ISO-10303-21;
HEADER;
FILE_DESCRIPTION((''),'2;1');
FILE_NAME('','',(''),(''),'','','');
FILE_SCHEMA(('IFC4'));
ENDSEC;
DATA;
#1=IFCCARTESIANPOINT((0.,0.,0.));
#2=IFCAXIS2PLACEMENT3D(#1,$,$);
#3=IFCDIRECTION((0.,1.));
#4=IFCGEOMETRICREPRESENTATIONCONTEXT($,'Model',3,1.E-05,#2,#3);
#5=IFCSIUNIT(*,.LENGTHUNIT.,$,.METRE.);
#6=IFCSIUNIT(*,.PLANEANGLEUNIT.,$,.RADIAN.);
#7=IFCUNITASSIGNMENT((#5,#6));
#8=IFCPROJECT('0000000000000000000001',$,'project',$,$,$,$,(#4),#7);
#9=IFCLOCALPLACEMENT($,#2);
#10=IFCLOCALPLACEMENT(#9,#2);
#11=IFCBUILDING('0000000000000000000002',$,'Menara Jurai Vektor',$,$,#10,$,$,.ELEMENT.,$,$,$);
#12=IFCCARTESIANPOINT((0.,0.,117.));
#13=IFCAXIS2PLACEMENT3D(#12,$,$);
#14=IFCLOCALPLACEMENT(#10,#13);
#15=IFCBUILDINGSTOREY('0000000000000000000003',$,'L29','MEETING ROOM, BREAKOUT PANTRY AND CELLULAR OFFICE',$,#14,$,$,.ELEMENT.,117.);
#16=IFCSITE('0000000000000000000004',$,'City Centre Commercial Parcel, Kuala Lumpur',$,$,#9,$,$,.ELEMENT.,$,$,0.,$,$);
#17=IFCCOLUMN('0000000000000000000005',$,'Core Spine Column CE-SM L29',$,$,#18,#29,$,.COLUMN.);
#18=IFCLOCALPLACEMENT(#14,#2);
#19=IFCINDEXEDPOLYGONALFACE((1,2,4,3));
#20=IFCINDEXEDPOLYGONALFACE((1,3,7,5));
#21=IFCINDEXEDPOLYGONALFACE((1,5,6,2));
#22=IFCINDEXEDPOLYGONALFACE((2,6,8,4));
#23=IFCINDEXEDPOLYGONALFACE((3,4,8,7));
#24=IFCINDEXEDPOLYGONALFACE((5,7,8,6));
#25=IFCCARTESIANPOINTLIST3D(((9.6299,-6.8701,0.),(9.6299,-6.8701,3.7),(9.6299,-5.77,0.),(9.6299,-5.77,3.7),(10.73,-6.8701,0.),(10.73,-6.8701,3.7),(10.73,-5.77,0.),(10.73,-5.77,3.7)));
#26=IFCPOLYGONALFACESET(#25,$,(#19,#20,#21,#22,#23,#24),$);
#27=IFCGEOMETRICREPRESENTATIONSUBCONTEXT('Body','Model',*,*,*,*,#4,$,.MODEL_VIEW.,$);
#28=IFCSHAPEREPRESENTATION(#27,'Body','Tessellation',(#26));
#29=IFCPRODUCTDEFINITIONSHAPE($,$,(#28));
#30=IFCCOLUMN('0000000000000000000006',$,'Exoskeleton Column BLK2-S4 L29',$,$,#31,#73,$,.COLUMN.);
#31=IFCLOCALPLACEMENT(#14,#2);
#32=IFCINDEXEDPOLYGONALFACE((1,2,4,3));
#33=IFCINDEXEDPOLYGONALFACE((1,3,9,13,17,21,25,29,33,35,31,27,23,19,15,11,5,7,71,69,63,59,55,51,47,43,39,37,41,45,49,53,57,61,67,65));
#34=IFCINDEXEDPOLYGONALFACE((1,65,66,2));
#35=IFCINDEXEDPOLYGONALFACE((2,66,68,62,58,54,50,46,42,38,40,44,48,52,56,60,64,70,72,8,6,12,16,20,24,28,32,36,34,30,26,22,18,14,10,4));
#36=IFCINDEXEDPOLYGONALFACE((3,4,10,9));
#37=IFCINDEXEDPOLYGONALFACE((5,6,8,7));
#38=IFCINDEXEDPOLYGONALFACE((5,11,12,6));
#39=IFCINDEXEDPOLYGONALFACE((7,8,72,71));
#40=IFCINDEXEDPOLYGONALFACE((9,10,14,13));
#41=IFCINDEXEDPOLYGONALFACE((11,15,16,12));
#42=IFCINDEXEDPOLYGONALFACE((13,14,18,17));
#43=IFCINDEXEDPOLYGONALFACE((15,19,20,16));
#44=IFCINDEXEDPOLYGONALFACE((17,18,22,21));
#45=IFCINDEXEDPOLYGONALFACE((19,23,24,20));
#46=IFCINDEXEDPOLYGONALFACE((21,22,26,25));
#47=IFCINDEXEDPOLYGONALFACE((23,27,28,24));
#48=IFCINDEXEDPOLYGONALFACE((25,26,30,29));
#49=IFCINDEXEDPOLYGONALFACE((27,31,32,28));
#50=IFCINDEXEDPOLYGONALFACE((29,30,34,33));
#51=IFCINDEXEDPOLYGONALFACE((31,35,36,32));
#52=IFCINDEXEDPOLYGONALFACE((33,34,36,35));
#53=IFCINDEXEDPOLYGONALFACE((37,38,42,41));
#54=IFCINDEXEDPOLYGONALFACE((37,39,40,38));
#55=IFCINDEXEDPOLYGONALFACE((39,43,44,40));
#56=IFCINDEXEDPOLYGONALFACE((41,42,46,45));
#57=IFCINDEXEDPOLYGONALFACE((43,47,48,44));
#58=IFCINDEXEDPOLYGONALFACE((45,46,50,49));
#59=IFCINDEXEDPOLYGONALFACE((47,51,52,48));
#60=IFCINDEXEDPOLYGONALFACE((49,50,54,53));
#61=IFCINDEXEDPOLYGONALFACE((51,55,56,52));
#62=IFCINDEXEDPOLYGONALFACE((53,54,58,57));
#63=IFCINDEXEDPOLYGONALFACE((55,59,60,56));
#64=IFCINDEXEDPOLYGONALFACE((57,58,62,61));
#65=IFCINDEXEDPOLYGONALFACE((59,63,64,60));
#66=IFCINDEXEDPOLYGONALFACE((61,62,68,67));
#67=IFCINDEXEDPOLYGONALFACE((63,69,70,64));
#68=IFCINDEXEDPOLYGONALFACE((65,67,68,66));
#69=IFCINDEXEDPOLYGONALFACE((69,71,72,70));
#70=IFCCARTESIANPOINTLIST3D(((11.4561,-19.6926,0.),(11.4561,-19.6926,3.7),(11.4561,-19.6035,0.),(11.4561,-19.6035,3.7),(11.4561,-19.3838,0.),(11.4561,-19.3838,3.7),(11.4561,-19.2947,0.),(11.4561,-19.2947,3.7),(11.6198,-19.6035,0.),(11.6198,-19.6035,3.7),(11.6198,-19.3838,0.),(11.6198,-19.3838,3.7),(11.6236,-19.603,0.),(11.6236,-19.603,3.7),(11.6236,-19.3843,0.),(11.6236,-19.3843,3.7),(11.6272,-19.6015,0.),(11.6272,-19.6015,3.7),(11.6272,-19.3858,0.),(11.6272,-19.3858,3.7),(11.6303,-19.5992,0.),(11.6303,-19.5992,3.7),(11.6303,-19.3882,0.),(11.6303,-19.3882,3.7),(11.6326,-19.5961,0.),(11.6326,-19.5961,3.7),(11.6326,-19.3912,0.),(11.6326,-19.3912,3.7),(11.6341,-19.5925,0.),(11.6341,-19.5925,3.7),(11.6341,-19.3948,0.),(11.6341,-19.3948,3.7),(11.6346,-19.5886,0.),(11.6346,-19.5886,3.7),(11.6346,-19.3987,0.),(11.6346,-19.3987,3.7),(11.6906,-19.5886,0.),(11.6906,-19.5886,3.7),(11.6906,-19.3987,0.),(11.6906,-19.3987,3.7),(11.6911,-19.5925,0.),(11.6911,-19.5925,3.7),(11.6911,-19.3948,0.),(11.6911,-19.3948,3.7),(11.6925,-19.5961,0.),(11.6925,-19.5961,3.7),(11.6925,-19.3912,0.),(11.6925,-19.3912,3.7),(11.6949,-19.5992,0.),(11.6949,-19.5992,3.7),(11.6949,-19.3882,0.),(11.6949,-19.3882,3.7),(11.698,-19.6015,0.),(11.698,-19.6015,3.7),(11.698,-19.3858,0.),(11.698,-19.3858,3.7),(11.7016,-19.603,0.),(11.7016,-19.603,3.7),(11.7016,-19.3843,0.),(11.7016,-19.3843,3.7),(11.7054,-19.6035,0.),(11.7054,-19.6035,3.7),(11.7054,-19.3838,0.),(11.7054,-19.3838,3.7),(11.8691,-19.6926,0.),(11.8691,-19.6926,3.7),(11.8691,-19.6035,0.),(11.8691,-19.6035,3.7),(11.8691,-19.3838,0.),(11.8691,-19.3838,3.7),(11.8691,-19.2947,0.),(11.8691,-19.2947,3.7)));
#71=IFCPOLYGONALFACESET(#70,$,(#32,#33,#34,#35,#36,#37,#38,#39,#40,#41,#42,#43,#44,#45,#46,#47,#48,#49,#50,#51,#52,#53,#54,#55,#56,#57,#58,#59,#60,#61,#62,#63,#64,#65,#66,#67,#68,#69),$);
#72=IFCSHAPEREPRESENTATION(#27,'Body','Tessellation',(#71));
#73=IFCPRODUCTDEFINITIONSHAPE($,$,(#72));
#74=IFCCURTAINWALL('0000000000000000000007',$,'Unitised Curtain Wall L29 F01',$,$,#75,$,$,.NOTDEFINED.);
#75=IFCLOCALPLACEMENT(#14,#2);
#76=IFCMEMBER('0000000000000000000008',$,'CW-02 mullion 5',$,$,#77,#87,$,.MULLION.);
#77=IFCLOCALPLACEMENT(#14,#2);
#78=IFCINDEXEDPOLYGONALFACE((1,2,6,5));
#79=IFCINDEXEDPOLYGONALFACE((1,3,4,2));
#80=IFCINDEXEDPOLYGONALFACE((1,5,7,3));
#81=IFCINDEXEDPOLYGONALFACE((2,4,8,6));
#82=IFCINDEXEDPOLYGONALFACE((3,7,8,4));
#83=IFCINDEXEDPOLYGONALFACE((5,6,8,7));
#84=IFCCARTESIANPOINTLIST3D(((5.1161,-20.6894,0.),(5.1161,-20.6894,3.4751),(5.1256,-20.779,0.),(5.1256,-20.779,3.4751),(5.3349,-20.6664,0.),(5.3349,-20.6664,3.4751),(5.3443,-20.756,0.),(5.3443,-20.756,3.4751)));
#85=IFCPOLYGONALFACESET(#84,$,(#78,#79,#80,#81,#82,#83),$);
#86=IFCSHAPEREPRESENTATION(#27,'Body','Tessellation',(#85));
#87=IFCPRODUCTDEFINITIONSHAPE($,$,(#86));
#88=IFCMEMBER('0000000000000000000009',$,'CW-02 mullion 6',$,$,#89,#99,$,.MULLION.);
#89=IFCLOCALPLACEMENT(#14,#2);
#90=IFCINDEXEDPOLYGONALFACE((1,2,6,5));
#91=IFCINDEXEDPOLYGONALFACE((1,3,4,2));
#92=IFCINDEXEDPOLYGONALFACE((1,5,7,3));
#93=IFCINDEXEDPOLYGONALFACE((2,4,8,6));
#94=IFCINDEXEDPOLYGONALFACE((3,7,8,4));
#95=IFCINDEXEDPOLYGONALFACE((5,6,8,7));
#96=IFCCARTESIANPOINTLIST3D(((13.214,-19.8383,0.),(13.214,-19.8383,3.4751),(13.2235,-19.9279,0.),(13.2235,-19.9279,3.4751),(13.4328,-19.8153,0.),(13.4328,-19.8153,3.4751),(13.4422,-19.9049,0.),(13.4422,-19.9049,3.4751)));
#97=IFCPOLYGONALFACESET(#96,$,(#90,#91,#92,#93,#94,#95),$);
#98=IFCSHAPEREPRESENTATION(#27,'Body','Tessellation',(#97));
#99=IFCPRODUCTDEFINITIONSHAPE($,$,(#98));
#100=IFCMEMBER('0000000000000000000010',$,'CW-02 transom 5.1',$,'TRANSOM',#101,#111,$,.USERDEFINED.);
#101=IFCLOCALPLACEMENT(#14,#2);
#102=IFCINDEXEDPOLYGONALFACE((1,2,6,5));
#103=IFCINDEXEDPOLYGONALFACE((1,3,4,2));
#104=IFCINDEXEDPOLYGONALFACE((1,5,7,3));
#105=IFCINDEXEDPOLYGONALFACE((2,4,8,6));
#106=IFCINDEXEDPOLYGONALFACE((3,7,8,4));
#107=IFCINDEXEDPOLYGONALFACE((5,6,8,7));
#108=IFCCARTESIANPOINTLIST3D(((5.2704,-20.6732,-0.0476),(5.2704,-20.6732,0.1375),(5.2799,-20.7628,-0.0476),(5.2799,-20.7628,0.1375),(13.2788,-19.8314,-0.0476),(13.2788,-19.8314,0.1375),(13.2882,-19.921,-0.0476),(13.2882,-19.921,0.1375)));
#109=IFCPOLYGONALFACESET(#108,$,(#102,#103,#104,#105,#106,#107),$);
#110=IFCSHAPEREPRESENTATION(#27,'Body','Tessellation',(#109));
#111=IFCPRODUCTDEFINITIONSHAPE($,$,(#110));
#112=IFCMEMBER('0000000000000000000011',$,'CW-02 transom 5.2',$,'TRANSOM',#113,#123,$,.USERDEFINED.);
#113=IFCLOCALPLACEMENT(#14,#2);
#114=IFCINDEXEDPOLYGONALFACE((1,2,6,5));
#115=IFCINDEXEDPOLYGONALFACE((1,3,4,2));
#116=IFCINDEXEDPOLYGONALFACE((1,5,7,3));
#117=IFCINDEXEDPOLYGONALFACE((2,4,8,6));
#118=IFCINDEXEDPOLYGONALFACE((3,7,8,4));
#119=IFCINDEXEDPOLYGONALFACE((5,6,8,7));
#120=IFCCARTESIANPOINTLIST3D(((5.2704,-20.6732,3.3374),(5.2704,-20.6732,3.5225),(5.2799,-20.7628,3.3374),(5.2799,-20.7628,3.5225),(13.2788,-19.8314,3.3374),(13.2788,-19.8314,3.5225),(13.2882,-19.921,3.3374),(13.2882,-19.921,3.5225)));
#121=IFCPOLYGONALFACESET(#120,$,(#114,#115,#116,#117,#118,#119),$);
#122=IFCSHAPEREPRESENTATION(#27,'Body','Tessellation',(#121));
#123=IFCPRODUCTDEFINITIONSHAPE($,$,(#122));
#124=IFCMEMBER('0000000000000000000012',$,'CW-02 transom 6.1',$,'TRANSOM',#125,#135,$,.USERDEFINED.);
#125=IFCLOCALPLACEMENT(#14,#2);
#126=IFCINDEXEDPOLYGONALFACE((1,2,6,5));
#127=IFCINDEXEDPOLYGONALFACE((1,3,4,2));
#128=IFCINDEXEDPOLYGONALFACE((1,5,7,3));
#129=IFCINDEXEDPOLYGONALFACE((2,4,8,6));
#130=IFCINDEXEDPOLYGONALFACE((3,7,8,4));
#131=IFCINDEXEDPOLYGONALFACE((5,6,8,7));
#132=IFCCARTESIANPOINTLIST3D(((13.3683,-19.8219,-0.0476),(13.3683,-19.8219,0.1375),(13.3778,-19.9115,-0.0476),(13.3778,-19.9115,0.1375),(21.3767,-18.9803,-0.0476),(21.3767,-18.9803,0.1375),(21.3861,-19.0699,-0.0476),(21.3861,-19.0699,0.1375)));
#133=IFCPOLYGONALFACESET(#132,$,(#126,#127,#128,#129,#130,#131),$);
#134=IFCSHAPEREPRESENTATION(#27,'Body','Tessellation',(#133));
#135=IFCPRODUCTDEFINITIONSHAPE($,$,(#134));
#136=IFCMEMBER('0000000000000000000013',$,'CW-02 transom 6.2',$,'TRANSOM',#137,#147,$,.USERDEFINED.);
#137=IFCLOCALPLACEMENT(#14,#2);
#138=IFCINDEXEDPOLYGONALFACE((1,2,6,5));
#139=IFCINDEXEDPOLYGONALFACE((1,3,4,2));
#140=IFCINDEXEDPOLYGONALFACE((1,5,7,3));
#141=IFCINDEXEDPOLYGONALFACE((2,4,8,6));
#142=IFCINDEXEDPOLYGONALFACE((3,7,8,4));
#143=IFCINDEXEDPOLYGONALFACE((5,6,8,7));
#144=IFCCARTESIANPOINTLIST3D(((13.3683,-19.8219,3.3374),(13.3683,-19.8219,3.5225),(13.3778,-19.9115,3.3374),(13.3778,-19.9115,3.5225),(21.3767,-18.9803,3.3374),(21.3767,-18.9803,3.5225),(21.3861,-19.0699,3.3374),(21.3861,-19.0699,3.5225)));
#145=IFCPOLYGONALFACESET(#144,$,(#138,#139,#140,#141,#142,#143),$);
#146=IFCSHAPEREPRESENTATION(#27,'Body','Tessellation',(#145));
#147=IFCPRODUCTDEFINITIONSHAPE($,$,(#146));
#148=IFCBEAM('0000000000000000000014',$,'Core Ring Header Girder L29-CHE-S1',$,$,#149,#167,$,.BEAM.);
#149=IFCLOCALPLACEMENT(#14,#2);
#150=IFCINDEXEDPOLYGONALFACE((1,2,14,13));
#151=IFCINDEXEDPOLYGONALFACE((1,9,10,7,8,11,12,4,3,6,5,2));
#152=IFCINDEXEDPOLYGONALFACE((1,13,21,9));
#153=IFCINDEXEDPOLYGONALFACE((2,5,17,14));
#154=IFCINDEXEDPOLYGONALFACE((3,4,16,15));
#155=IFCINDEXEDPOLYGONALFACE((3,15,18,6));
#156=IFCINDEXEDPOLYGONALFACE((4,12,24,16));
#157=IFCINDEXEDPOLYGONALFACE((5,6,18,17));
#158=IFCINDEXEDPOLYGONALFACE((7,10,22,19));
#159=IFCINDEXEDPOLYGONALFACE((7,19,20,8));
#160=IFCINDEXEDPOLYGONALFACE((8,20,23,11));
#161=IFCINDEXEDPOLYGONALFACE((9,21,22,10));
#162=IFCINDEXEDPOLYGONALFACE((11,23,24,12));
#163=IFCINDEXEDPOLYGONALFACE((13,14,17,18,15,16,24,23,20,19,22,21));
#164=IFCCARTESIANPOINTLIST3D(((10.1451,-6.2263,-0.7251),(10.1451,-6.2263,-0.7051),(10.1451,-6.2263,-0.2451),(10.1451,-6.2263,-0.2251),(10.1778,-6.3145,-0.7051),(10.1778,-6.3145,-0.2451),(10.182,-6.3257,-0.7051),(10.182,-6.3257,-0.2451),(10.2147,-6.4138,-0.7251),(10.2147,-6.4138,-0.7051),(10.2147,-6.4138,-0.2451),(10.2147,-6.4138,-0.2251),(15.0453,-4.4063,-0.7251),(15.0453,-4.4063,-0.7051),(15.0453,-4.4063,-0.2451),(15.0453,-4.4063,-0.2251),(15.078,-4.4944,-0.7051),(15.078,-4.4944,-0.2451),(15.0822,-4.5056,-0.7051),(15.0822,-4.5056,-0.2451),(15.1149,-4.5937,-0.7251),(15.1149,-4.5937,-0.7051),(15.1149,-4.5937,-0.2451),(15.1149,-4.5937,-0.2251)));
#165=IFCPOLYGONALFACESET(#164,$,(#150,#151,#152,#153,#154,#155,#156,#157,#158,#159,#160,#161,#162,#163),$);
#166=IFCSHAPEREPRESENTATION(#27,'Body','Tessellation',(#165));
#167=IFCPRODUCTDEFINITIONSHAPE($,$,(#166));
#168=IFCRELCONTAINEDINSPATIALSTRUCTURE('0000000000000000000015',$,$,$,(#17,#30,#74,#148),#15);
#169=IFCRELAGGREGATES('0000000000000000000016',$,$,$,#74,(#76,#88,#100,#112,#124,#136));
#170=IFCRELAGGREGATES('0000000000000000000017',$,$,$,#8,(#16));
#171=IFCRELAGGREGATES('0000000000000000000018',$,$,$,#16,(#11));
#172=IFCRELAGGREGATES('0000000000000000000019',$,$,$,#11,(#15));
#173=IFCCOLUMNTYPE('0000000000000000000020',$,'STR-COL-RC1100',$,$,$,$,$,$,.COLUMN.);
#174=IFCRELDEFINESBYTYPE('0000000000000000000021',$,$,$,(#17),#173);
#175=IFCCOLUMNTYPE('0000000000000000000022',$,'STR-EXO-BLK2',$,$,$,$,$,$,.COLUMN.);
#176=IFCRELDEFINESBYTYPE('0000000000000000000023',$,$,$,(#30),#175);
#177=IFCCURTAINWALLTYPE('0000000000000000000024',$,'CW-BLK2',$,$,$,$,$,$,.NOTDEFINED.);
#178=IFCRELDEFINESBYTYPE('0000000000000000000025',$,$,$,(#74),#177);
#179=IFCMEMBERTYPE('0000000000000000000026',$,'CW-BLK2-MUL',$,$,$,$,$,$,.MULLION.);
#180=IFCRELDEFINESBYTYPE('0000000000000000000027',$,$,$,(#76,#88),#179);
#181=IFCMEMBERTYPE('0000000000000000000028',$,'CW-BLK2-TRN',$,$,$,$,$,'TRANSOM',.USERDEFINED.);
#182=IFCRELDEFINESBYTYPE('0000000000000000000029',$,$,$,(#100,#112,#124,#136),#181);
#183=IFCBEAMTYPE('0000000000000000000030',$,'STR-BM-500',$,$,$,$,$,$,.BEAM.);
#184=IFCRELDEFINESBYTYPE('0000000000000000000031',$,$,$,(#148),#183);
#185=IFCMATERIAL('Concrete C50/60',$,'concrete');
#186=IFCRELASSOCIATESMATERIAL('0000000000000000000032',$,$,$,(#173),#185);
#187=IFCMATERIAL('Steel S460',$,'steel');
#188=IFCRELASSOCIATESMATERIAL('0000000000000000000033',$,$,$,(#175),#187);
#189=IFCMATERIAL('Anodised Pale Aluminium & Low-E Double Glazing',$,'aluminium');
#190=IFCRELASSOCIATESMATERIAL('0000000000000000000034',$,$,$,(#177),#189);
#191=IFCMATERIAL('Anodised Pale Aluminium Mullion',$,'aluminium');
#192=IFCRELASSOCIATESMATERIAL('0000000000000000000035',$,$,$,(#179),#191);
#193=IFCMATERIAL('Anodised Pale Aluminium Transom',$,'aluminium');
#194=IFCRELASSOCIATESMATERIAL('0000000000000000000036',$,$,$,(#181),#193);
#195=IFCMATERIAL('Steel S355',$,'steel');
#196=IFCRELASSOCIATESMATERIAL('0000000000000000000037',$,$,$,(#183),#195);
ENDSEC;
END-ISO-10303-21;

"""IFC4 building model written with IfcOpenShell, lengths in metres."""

from ifc_helpers import new_model, si_unit, direction, frame, origin, origin_2d, place, context, subcontext, project, spatial, rectangle, i_section, extrude, material, material_profile, profile_set, type_object, element, aggregate, save


model = new_model("IFC4")

# Units and contexts
model_context = context("Model", 3, precision=1e-05, world=origin(), true_north=direction((0.0, 1.0)))
body_context = subcontext(model_context, "Body", "Model", "MODEL_VIEW")
ifc_project = project(units=[si_unit("LENGTHUNIT", "METRE"), si_unit("PLANEANGLEUNIT", "RADIAN")], contexts=[model_context])

# Site, building, storey
site_placement = place(None, origin())
site = spatial("IfcSite", under=ifc_project, at=site_placement, Name="City Centre Commercial Parcel, Kuala Lumpur", CompositionType="ELEMENT", RefElevation=0.0)
building_placement = place(site_placement, origin())
building = spatial("IfcBuilding", under=site, at=building_placement, Name="Menara Jurai Vektor", CompositionType="ELEMENT")
storey_placement = place(building_placement, frame((0.0, 0.0, 117.0)))
storey = spatial("IfcBuildingStorey", under=building, at=storey_placement, Name="L29", Description="MEETING ROOM, BREAKOUT PANTRY AND CELLULAR OFFICE", CompositionType="ELEMENT", Elevation=117.0)

# Columns
ifc_material_1 = material(Name="Concrete C50/60", Category="concrete")
ifc_material_profile_1 = material_profile(ifc_material_1, rectangle(XDim=1.1001, YDim=1.1001, at=origin_2d()), Name="RC 1100x1100")
ifc_profile_set_1 = profile_set([ifc_material_profile_1], Name="Concrete C50/60")
column_type_1 = type_object("IfcColumnType", Name="STR-COL-RC1100", PredefinedType="COLUMN", material=ifc_profile_set_1)
column_1_placement = place(storey_placement, frame((10.1799, -6.3201, 0.0), z_axis=(0.0, 0.0, 1.0), x_axis=(1.0, 0.0, 0.0)))
element("IfcColumn", 1, at=column_1_placement, inside=storey, type_object=column_type_1, Name="Core Spine Column CE-SM L29", PredefinedType="COLUMN", context=body_context, shape_type="SweptSolid", body=[
    extrude(rectangle(XDim=1.1001, YDim=1.1001, at=origin_2d()), origin(), (0.0, 0.0, 1.0), 3.7),
])
ifc_material_2 = material(Name="Steel S460", Category="steel")
ifc_material_profile_2 = material_profile(ifc_material_2, i_section(OverallWidth=0.4131, OverallDepth=0.3979, WebThickness=0.0559, FlangeThickness=0.0891, FilletRadius=0.0149, at=origin_2d()), Name="HD 400x744")
ifc_profile_set_2 = profile_set([ifc_material_profile_2], Name="Steel S460")
column_type_2 = type_object("IfcColumnType", Name="STR-EXO-BLK2", PredefinedType="COLUMN", material=ifc_profile_set_2)
column_2_placement = place(storey_placement, frame((11.6626, -19.4937, 0.0), z_axis=(0.0, 0.0, 1.0), x_axis=(1.0, 0.0, 0.0)))
element("IfcColumn", 2, at=column_2_placement, inside=storey, type_object=column_type_2, Name="Exoskeleton Column BLK2-S4 L29", PredefinedType="COLUMN", context=body_context, shape_type="SweptSolid", body=[
    extrude(i_section(OverallWidth=0.4131, OverallDepth=0.3979, WebThickness=0.0559, FlangeThickness=0.0891, FilletRadius=0.0149, at=origin_2d()), origin(), (0.0, 0.0, 1.0), 3.7),
])

# Curtain wall, members
ifc_material_3 = material(Name="Anodised Pale Aluminium & Low-E Double Glazing", Category="aluminium")
curtain_wall_type = type_object("IfcCurtainWallType", Name="CW-BLK2", PredefinedType="NOTDEFINED", material=ifc_material_3)
curtain_wall_placement = place(storey_placement, origin())
curtain_wall = element("IfcCurtainWall", 3, at=curtain_wall_placement, inside=storey, type_object=curtain_wall_type, Name="Unitised Curtain Wall L29 F01", PredefinedType="NOTDEFINED")
ifc_material_4 = material(Name="Anodised Pale Aluminium Mullion", Category="aluminium")
ifc_material_profile_3 = material_profile(ifc_material_4, rectangle(XDim=0.0901, YDim=0.22, at=origin_2d()), Name="ALU MUL 90x220")
ifc_profile_set_3 = profile_set([ifc_material_profile_3], Name="Anodised Pale Aluminium Mullion")
member_type_1 = type_object("IfcMemberType", Name="CW-BLK2-MUL", PredefinedType="MULLION", material=ifc_profile_set_3)
member_1_placement = place(storey_placement, frame((5.2302, -20.7227, 0.0), z_axis=(0.0, 0.0, 1.0), x_axis=(-0.104529, 0.994522, 0.0)))
member_1 = element("IfcMember", 4, at=member_1_placement, type_object=member_type_1, Name="CW-02 mullion 5", PredefinedType="MULLION", context=body_context, shape_type="SweptSolid", body=[
    extrude(rectangle(XDim=0.0901, YDim=0.22, at=origin_2d()), origin(), (0.0, 0.0, 1.0), 3.4751),
])
member_2_placement = place(storey_placement, frame((13.3281, -19.8716, 0.0), z_axis=(0.0, 0.0, 1.0), x_axis=(-0.104529, 0.994522, 0.0)))
member_2 = element("IfcMember", 5, at=member_2_placement, type_object=member_type_1, Name="CW-02 mullion 6", PredefinedType="MULLION", context=body_context, shape_type="SweptSolid", body=[
    extrude(rectangle(XDim=0.0901, YDim=0.22, at=origin_2d()), origin(), (0.0, 0.0, 1.0), 3.4751),
])
ifc_material_5 = material(Name="Anodised Pale Aluminium Transom", Category="aluminium")
ifc_material_profile_4 = material_profile(ifc_material_5, rectangle(XDim=0.0901, YDim=0.1851, at=origin_2d()), Name="ALU TRN 90x185")
ifc_profile_set_4 = profile_set([ifc_material_profile_4], Name="Anodised Pale Aluminium Transom")
member_type_2 = type_object("IfcMemberType", Name="CW-BLK2-TRN", ElementType="TRANSOM", PredefinedType="USERDEFINED", material=ifc_profile_set_4)
member_3_placement = place(storey_placement, frame((5.2751, -20.718, 0.0449), z_axis=(0.994521, 0.10454, 0.0), x_axis=(-0.10454, 0.994521, 0.0)))
member_3 = element("IfcMember", 6, at=member_3_placement, type_object=member_type_2, Name="CW-02 transom 5.1", ObjectType="TRANSOM", PredefinedType="USERDEFINED", context=body_context, shape_type="SweptSolid", body=[
    extrude(rectangle(XDim=0.0901, YDim=0.1851, at=origin_2d()), origin(), (0.0, 0.0, 1.0), 8.0525),
])
member_4_placement = place(storey_placement, frame((5.2751, -20.718, 3.4299), z_axis=(0.994521, 0.10454, 0.0), x_axis=(-0.10454, 0.994521, 0.0)))
member_4 = element("IfcMember", 7, at=member_4_placement, type_object=member_type_2, Name="CW-02 transom 5.2", ObjectType="TRANSOM", PredefinedType="USERDEFINED", context=body_context, shape_type="SweptSolid", body=[
    extrude(rectangle(XDim=0.0901, YDim=0.1851, at=origin_2d()), origin(), (0.0, 0.0, 1.0), 8.0525),
])
member_5_placement = place(storey_placement, frame((13.373, -19.8667, 0.0449), z_axis=(0.994524, 0.10451, 0.0), x_axis=(-0.10451, 0.994524, 0.0)))
member_5 = element("IfcMember", 8, at=member_5_placement, type_object=member_type_2, Name="CW-02 transom 6.1", ObjectType="TRANSOM", PredefinedType="USERDEFINED", context=body_context, shape_type="SweptSolid", body=[
    extrude(rectangle(XDim=0.0901, YDim=0.1851, at=origin_2d()), origin(), (0.0, 0.0, 1.0), 8.0525),
])
member_6_placement = place(storey_placement, frame((13.373, -19.8667, 3.4299), z_axis=(0.994524, 0.10451, 0.0), x_axis=(-0.10451, 0.994524, 0.0)))
member_6 = element("IfcMember", 9, at=member_6_placement, type_object=member_type_2, Name="CW-02 transom 6.2", ObjectType="TRANSOM", PredefinedType="USERDEFINED", context=body_context, shape_type="SweptSolid", body=[
    extrude(rectangle(XDim=0.0901, YDim=0.1851, at=origin_2d()), origin(), (0.0, 0.0, 1.0), 8.0525),
])

# Beam
ifc_material_6 = material(Name="Steel S355", Category="steel")
ifc_material_profile_5 = material_profile(ifc_material_6, i_section(OverallWidth=0.2, OverallDepth=0.5, WebThickness=0.012, FlangeThickness=0.02, at=origin_2d()), Name="PG 500x200x96")
ifc_profile_set_5 = profile_set([ifc_material_profile_5], Name="Steel S355")
beam_type_1 = type_object("IfcBeamType", Name="STR-BM-500", PredefinedType="BEAM", material=ifc_profile_set_5)
beam_1_placement = place(storey_placement, frame((10.1799, -6.3201, -0.4751), z_axis=(0.937424, 0.348189, 0.0), x_axis=(-0.348189, 0.937424, 0.0)))
element("IfcBeam", 10, at=beam_1_placement, inside=storey, type_object=beam_type_1, Name="Core Ring Header Girder L29-CHE-S1", PredefinedType="BEAM", context=body_context, shape_type="SweptSolid", body=[
    extrude(i_section(OverallWidth=0.2, OverallDepth=0.5, WebThickness=0.012, FlangeThickness=0.02, at=origin_2d()), origin(), (0.0, 0.0, 1.0), 5.2273),
])

aggregate(curtain_wall, [member_1, member_2, member_3, member_4, member_5, member_6])

save(model, "model.ifc")
